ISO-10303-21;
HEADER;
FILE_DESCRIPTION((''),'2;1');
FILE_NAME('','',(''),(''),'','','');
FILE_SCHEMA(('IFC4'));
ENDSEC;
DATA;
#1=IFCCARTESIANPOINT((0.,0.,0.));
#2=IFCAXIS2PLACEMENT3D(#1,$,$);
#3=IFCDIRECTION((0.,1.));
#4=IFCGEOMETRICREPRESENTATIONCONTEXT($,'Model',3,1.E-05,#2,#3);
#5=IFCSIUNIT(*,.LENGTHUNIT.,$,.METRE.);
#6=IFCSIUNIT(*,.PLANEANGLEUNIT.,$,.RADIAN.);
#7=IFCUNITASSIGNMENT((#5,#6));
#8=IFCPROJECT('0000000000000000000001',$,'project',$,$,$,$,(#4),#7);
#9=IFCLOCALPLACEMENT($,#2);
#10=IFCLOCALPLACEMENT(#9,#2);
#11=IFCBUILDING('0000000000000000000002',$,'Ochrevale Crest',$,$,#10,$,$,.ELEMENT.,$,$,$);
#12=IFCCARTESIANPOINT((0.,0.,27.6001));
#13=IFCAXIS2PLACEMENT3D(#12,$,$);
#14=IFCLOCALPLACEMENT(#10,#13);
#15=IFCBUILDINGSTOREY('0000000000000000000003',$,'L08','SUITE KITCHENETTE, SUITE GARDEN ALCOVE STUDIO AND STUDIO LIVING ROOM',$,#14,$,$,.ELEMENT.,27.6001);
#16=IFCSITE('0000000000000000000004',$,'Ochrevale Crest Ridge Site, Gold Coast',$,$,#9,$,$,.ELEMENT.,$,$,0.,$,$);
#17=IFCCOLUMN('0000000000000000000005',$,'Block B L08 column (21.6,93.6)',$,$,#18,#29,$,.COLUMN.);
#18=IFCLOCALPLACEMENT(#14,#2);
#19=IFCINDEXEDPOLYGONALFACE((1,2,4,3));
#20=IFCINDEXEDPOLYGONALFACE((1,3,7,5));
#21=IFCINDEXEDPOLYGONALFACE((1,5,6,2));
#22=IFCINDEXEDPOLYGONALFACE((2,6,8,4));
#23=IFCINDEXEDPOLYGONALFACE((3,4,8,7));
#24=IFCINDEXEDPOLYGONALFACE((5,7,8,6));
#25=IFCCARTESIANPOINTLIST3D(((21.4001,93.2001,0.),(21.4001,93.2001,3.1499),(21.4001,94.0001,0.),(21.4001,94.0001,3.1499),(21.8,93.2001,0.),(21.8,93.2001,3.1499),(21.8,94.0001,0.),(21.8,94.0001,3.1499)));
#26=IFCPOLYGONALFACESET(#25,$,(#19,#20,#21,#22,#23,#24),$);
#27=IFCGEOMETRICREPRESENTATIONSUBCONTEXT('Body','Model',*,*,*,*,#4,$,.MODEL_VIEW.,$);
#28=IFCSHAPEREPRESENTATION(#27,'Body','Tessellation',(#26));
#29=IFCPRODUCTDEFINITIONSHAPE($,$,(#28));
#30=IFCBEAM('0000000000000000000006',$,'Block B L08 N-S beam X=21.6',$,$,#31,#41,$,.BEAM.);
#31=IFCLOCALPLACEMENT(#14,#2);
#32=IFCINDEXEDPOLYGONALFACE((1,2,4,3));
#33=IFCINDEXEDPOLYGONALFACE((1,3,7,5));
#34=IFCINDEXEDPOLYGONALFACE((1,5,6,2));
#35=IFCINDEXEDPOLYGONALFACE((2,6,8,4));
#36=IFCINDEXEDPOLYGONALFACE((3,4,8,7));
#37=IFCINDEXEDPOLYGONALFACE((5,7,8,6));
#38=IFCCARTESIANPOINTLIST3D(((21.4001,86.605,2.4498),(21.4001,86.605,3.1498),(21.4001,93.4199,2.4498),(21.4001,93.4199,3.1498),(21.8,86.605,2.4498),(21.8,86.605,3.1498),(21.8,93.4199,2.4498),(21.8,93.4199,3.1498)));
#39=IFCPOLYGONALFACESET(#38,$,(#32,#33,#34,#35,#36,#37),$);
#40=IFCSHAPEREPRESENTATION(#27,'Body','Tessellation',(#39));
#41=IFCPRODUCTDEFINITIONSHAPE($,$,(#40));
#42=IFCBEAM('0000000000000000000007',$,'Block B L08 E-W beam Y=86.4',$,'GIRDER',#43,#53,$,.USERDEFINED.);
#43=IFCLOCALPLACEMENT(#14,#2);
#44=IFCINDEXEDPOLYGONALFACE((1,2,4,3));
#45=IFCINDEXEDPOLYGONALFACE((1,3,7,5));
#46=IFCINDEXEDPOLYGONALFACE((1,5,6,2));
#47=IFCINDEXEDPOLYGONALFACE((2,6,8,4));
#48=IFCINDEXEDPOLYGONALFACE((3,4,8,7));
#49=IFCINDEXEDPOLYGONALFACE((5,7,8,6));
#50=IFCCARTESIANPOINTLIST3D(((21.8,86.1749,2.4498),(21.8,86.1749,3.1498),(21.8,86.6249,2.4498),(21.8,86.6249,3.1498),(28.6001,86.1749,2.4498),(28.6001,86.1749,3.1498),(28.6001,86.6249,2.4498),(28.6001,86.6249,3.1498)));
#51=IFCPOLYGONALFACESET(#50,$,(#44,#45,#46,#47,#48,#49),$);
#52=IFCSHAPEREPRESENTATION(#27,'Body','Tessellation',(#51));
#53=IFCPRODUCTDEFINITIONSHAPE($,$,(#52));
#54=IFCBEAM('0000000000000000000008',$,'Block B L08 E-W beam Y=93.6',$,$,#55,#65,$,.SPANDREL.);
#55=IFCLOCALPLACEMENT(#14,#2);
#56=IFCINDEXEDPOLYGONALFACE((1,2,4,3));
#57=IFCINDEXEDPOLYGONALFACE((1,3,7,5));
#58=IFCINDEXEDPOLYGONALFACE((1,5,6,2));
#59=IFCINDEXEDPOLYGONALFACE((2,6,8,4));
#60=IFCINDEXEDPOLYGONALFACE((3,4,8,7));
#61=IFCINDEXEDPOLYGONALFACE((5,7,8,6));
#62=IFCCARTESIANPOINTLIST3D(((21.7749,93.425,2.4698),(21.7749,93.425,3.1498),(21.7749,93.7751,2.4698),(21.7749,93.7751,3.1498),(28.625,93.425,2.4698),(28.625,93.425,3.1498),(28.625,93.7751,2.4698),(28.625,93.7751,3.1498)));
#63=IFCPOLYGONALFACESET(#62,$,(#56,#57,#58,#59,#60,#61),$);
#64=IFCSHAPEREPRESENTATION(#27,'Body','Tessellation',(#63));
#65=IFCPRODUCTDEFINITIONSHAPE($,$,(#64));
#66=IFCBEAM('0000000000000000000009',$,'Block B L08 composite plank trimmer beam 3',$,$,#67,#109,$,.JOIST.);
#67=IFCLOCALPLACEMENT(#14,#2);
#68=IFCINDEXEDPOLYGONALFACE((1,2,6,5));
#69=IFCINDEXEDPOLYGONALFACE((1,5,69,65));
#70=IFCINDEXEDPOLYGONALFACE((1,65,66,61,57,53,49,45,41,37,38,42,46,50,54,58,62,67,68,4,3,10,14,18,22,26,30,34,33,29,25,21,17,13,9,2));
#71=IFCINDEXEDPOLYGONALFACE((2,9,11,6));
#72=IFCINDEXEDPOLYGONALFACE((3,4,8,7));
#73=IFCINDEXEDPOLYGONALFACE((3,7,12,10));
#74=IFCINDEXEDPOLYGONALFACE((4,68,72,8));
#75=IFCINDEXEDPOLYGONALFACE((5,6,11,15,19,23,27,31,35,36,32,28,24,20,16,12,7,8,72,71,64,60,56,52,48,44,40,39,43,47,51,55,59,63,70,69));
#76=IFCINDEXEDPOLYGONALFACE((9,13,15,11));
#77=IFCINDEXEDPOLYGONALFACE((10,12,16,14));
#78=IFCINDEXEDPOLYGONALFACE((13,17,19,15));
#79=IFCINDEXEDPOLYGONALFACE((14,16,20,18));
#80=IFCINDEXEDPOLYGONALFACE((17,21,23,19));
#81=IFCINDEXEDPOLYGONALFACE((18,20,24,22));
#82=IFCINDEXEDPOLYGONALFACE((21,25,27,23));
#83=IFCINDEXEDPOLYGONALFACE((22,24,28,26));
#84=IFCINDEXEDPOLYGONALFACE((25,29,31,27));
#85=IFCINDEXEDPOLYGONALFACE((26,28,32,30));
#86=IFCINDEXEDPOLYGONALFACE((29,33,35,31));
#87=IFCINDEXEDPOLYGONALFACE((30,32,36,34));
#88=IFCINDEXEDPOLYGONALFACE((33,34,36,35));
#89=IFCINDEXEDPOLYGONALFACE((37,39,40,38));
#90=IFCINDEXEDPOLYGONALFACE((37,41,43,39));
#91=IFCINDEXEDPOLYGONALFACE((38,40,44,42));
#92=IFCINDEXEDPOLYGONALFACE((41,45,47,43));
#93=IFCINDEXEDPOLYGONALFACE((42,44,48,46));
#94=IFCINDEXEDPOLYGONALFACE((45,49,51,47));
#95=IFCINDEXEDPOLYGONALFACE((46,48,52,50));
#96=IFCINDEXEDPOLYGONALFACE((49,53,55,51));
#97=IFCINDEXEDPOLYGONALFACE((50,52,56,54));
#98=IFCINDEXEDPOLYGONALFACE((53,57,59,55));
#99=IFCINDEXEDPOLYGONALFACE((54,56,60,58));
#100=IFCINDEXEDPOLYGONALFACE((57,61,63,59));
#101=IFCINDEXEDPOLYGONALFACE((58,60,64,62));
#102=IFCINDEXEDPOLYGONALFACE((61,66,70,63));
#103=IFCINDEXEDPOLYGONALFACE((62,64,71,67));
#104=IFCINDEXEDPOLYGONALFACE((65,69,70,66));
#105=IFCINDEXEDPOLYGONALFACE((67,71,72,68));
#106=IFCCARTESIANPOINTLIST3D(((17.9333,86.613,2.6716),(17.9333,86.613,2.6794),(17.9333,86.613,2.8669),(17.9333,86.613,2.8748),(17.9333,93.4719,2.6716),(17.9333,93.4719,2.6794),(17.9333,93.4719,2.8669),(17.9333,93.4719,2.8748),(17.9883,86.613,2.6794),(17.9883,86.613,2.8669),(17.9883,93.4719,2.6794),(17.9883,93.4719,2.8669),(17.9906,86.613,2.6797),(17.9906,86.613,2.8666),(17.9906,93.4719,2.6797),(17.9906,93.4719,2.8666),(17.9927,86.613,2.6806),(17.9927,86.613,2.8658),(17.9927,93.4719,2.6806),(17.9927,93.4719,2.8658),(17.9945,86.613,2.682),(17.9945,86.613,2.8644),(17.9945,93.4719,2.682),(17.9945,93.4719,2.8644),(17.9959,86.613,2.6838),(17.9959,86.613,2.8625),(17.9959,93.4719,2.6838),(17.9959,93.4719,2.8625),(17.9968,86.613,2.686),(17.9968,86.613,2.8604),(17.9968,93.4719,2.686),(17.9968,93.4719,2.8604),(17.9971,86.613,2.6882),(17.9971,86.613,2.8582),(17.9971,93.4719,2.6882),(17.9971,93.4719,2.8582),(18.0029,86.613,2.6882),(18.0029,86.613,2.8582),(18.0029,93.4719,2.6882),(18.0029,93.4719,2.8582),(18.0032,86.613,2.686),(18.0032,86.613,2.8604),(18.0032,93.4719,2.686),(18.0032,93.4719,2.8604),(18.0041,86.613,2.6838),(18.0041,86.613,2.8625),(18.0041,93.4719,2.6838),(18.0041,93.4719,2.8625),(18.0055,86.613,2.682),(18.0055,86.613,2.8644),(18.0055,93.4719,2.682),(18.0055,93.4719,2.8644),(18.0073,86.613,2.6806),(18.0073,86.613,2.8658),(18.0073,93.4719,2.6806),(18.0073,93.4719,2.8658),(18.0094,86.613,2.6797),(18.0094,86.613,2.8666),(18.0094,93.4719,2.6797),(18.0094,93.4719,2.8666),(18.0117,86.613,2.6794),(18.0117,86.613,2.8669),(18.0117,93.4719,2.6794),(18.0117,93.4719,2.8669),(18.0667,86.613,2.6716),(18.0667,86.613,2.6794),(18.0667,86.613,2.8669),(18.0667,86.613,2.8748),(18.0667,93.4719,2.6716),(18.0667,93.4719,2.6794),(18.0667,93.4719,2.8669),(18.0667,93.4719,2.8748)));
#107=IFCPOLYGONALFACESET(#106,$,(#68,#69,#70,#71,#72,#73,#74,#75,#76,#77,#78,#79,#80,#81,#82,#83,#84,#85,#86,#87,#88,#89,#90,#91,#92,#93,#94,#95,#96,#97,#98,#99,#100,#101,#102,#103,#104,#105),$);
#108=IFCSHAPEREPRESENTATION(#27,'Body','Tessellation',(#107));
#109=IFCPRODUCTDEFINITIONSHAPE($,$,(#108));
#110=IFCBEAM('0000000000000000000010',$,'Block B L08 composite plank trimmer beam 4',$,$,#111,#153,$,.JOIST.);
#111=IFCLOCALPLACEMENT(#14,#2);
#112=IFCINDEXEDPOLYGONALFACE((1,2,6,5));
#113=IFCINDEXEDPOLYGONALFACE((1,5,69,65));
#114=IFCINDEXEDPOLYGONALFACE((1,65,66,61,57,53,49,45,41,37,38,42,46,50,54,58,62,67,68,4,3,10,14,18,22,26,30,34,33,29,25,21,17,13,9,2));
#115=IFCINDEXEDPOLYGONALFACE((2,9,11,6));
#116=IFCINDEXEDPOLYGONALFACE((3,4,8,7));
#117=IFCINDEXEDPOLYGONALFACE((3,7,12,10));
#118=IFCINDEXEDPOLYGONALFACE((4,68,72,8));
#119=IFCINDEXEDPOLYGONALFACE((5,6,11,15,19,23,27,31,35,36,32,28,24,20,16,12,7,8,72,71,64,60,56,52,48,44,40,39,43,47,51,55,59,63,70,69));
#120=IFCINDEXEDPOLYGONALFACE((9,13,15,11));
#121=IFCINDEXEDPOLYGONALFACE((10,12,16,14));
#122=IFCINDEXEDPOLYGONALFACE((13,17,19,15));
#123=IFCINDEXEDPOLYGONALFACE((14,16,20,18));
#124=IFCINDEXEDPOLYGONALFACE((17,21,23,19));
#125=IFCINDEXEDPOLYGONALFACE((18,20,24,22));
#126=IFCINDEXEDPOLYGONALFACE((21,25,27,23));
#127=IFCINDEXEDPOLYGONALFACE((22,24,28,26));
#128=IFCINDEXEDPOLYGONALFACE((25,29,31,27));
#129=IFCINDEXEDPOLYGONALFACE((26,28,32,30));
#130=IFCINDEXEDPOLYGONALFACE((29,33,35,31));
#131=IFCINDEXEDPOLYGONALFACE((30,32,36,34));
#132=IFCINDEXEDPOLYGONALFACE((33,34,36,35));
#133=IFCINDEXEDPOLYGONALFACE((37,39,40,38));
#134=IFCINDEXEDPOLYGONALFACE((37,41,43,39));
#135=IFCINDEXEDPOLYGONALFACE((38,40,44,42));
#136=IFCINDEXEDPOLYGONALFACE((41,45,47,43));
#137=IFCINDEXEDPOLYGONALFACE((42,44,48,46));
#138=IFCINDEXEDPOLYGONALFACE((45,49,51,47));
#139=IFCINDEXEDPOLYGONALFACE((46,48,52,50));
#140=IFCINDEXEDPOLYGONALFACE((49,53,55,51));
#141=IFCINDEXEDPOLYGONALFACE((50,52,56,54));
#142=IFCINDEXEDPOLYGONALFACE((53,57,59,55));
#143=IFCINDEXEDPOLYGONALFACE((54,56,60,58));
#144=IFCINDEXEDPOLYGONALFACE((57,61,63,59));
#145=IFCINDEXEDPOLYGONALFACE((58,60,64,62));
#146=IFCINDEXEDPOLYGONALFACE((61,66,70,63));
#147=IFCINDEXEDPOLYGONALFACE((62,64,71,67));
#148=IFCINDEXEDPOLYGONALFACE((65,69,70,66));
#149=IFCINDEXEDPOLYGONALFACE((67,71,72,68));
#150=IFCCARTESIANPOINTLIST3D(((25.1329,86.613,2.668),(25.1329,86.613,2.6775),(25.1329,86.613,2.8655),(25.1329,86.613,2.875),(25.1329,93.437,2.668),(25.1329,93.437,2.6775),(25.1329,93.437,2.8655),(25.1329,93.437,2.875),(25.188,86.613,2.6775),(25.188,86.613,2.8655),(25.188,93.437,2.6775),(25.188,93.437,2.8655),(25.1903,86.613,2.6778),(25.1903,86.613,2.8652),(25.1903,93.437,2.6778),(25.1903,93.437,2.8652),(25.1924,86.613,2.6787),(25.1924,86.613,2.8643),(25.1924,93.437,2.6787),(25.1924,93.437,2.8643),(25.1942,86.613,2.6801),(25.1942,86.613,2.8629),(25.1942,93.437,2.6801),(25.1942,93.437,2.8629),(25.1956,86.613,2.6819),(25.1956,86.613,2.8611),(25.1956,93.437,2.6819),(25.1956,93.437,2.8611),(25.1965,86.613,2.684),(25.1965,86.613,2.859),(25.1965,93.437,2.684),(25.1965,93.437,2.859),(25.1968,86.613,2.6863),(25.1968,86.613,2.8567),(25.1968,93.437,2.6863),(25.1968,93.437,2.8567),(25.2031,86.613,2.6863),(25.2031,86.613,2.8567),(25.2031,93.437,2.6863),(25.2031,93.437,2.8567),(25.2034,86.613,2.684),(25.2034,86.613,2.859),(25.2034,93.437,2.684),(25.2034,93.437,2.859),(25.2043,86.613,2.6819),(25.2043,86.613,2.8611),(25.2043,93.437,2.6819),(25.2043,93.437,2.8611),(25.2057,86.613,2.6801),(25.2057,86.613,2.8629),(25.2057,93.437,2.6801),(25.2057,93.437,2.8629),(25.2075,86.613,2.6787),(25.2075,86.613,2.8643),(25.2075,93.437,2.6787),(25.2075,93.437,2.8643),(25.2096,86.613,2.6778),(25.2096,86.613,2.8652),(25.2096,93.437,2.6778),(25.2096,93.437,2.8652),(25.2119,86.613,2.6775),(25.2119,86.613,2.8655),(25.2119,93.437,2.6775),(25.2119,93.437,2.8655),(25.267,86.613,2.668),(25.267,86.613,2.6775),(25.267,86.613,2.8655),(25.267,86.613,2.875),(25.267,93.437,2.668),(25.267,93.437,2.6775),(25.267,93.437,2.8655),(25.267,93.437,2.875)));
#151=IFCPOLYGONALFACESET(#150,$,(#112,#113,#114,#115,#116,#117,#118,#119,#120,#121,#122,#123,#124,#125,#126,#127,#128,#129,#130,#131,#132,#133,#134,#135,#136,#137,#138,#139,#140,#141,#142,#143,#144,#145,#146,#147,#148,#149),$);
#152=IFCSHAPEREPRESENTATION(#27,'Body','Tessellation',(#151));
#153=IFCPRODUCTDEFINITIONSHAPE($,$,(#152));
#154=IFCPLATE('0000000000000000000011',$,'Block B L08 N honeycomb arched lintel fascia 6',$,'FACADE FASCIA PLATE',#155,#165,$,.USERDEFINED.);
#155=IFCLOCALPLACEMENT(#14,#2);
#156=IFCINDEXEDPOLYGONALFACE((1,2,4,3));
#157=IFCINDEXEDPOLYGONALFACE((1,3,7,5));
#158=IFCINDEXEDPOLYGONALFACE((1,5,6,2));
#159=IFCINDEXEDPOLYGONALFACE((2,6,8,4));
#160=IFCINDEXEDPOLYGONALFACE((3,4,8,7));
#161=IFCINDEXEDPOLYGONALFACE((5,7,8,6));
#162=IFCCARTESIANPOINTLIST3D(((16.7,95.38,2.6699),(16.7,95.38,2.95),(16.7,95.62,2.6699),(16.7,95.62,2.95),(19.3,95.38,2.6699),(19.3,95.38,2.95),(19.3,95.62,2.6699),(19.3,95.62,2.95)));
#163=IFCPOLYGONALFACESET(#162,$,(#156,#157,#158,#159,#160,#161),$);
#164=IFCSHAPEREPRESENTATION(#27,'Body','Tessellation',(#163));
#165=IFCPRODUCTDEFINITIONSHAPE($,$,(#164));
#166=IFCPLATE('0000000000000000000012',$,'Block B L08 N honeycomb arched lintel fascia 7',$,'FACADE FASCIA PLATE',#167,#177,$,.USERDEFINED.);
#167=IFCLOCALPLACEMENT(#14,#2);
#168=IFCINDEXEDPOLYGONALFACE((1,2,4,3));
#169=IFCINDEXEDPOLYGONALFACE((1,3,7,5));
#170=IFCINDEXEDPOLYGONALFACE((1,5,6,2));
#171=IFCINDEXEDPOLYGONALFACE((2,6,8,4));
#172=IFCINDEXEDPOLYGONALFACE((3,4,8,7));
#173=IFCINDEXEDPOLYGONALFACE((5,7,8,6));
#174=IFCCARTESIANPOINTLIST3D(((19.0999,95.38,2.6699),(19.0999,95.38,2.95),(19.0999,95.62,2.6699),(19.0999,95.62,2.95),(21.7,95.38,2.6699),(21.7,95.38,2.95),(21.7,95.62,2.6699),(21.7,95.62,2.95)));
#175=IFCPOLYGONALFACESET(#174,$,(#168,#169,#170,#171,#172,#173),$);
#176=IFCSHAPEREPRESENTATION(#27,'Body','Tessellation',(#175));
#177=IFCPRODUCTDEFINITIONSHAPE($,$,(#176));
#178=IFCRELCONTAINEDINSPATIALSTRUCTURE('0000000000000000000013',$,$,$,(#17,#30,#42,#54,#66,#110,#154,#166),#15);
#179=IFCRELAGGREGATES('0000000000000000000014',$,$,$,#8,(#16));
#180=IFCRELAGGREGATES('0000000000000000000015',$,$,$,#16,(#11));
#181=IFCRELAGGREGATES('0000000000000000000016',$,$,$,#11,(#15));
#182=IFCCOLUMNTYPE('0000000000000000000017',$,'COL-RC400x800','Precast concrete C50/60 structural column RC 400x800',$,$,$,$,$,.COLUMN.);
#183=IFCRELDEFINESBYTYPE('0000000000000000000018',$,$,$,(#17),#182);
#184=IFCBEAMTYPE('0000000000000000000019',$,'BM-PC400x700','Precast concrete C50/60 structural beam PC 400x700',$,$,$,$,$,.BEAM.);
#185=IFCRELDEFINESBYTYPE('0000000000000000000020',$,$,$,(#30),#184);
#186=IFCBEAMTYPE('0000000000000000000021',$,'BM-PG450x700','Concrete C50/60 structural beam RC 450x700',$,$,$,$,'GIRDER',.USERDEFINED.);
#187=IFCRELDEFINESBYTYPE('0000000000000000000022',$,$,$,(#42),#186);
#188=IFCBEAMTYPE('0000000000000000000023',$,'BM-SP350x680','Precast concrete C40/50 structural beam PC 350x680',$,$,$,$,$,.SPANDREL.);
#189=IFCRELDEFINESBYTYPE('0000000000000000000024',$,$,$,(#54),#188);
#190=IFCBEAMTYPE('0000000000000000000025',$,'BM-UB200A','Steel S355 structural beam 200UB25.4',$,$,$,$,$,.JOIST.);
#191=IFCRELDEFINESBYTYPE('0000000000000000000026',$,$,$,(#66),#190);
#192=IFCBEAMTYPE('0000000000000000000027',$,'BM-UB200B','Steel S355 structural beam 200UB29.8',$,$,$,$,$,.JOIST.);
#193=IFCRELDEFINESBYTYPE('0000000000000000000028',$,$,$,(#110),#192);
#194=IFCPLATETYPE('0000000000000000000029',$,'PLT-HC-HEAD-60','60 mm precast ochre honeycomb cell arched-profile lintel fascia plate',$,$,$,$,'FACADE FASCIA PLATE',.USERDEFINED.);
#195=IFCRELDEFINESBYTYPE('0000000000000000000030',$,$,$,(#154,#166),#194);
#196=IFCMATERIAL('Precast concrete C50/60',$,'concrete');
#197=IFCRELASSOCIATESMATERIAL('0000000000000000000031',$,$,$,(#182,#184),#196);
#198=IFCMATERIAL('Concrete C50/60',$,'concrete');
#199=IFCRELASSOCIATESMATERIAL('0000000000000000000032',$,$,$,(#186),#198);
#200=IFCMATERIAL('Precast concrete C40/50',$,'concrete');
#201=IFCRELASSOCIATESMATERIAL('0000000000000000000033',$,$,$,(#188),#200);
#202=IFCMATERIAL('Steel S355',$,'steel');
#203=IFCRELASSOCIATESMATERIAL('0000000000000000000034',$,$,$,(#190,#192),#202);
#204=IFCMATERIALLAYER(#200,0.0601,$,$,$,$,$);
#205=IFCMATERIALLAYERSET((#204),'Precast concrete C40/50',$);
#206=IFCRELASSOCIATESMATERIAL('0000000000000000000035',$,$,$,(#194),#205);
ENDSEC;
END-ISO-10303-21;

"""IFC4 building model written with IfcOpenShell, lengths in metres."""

from ifc_helpers import new_model, si_unit, direction, frame, origin, origin_2d, place, context, subcontext, project, spatial, rectangle, i_section, extrude, material, layer, layer_set, material_profile, profile_set, type_object, element, save


model = new_model("IFC4")

# Units and contexts
model_context = context("Model", 3, precision=1e-05, world=origin(), true_north=direction((0.0, 1.0)))
body_context = subcontext(model_context, "Body", "Model", "MODEL_VIEW")
ifc_project = project(units=[si_unit("LENGTHUNIT", "METRE"), si_unit("PLANEANGLEUNIT", "RADIAN")], contexts=[model_context])

# Site, building, storey
site_placement = place(None, origin())
site = spatial("IfcSite", under=ifc_project, at=site_placement, Name="Ochrevale Crest Ridge Site, Gold Coast", CompositionType="ELEMENT", RefElevation=0.0)
building_placement = place(site_placement, origin())
building = spatial("IfcBuilding", under=site, at=building_placement, Name="Ochrevale Crest", CompositionType="ELEMENT")
storey_placement = place(building_placement, frame((0.0, 0.0, 27.6001)))
storey = spatial("IfcBuildingStorey", under=building, at=storey_placement, Name="L08", Description="SUITE KITCHENETTE, SUITE GARDEN ALCOVE STUDIO AND STUDIO LIVING ROOM", CompositionType="ELEMENT", Elevation=27.6001)

# Column
ifc_material_1 = material(Name="Precast concrete C50/60", Category="concrete")
ifc_material_profile_1 = material_profile(ifc_material_1, rectangle(XDim=0.3999, YDim=0.8, at=origin_2d()), Name="RC 400x800")
ifc_profile_set_1 = profile_set([ifc_material_profile_1], Name="Precast concrete C50/60")
column_type = type_object("IfcColumnType", Name="COL-RC400x800", Description="Precast concrete C50/60 structural column RC 400x800", PredefinedType="COLUMN", material=ifc_profile_set_1)
column_placement = place(storey_placement, frame((21.6001, 93.6001, 0.0), z_axis=(0.0, 0.0, 1.0), x_axis=(1.0, 0.0, 0.0)))
element("IfcColumn", 1, at=column_placement, inside=storey, type_object=column_type, Name="Block B L08 column (21.6,93.6)", PredefinedType="COLUMN", context=body_context, shape_type="SweptSolid", body=[
    extrude(rectangle(XDim=0.3999, YDim=0.8, at=origin_2d()), origin(), (0.0, 0.0, 1.0), 3.1499),
])

# Beams
ifc_material_profile_2 = material_profile(ifc_material_1, rectangle(XDim=0.3999, YDim=0.7, at=origin_2d()), Name="PC 400x700")
ifc_profile_set_2 = profile_set([ifc_material_profile_2], Name="Precast concrete C50/60")
beam_type_1 = type_object("IfcBeamType", Name="BM-PC400x700", Description="Precast concrete C50/60 structural beam PC 400x700", PredefinedType="BEAM", material=ifc_profile_set_2)
beam_1_placement = place(storey_placement, frame((21.6001, 86.605, 2.7998), z_axis=(0.0, 1.0, 0.0), x_axis=(-1.0, 0.0, 0.0)))
element("IfcBeam", 2, at=beam_1_placement, inside=storey, type_object=beam_type_1, Name="Block B L08 N-S beam X=21.6", PredefinedType="BEAM", context=body_context, shape_type="SweptSolid", body=[
    extrude(rectangle(XDim=0.3999, YDim=0.7, at=origin_2d()), origin(), (0.0, 0.0, 1.0), 6.8149),
])
ifc_material_2 = material(Name="Concrete C50/60", Category="concrete")
ifc_material_profile_3 = material_profile(ifc_material_2, rectangle(XDim=0.45, YDim=0.7, at=origin_2d()), Name="RC 450x700")
ifc_profile_set_3 = profile_set([ifc_material_profile_3], Name="Concrete C50/60")
beam_type_2 = type_object("IfcBeamType", Name="BM-PG450x700", Description="Concrete C50/60 structural beam RC 450x700", ElementType="GIRDER", PredefinedType="USERDEFINED", material=ifc_profile_set_3)
beam_2_placement = place(storey_placement, frame((21.8, 86.3999, 2.7998), z_axis=(1.0, 0.0, 0.0), x_axis=(0.0, 1.0, 0.0)))
element("IfcBeam", 3, at=beam_2_placement, inside=storey, type_object=beam_type_2, Name="Block B L08 E-W beam Y=86.4", ObjectType="GIRDER", PredefinedType="USERDEFINED", context=body_context, shape_type="SweptSolid", body=[
    extrude(rectangle(XDim=0.45, YDim=0.7, at=origin_2d()), origin(), (0.0, 0.0, 1.0), 6.8),
])
ifc_material_3 = material(Name="Precast concrete C40/50", Category="concrete")
ifc_material_profile_4 = material_profile(ifc_material_3, rectangle(XDim=0.3501, YDim=0.6799, at=origin_2d()), Name="PC 350x680")
ifc_profile_set_4 = profile_set([ifc_material_profile_4], Name="Precast concrete C40/50")
beam_type_3 = type_object("IfcBeamType", Name="BM-SP350x680", Description="Precast concrete C40/50 structural beam PC 350x680", PredefinedType="SPANDREL", material=ifc_profile_set_4)
beam_3_placement = place(storey_placement, frame((21.7749, 93.6001, 2.8098), z_axis=(1.0, 0.0, 0.0), x_axis=(0.0, 1.0, 0.0)))
element("IfcBeam", 4, at=beam_3_placement, inside=storey, type_object=beam_type_3, Name="Block B L08 E-W beam Y=93.6", PredefinedType="SPANDREL", context=body_context, shape_type="SweptSolid", body=[
    extrude(rectangle(XDim=0.3501, YDim=0.6799, at=origin_2d()), origin(), (0.0, 0.0, 1.0), 6.8501),
])
ifc_material_4 = material(Name="Steel S355", Category="steel")
ifc_material_profile_5 = material_profile(ifc_material_4, i_section(OverallWidth=0.1333, OverallDepth=0.2031, WebThickness=0.0059, FlangeThickness=0.0078, FilletRadius=0.0088, at=origin_2d()), Name="200UB25.4")
ifc_profile_set_5 = profile_set([ifc_material_profile_5], Name="Steel S355")
beam_type_4 = type_object("IfcBeamType", Name="BM-UB200A", Description="Steel S355 structural beam 200UB25.4", PredefinedType="JOIST", material=ifc_profile_set_5)
beam_4_placement = place(storey_placement, frame((18.0, 86.613, 2.7732), z_axis=(0.0, 1.0, 0.0), x_axis=(-1.0, 0.0, 0.0)))
element("IfcBeam", 5, at=beam_4_placement, inside=storey, type_object=beam_type_4, Name="Block B L08 composite plank trimmer beam 3", PredefinedType="JOIST", context=body_context, shape_type="SweptSolid", body=[
    extrude(i_section(OverallWidth=0.1333, OverallDepth=0.2031, WebThickness=0.0059, FlangeThickness=0.0078, FilletRadius=0.0088, at=origin_2d()), origin(), (0.0, 0.0, 1.0), 6.8589),
])
ifc_material_profile_6 = material_profile(ifc_material_4, i_section(OverallWidth=0.134, OverallDepth=0.207, WebThickness=0.0063, FlangeThickness=0.0095, FilletRadius=0.0088, at=origin_2d()), Name="200UB29.8")
ifc_profile_set_6 = profile_set([ifc_material_profile_6], Name="Steel S355")
beam_type_5 = type_object("IfcBeamType", Name="BM-UB200B", Description="Steel S355 structural beam 200UB29.8", PredefinedType="JOIST", material=ifc_profile_set_6)
beam_5_placement = place(storey_placement, frame((25.2, 86.613, 2.7715), z_axis=(0.0, 1.0, 0.0), x_axis=(-1.0, 0.0, 0.0)))
element("IfcBeam", 6, at=beam_5_placement, inside=storey, type_object=beam_type_5, Name="Block B L08 composite plank trimmer beam 4", PredefinedType="JOIST", context=body_context, shape_type="SweptSolid", body=[
    extrude(i_section(OverallWidth=0.134, OverallDepth=0.207, WebThickness=0.0063, FlangeThickness=0.0095, FilletRadius=0.0088, at=origin_2d()), origin(), (0.0, 0.0, 1.0), 6.824),
])

# Plates
ifc_layer_1 = layer(ifc_material_3, 0.0601)
ifc_layer_set_1 = layer_set([ifc_layer_1], Name="Precast concrete C40/50")
plate_type_1 = type_object("IfcPlateType", Name="PLT-HC-HEAD-60", Description="60 mm precast ochre honeycomb cell arched-profile lintel fascia plate", ElementType="FACADE FASCIA PLATE", PredefinedType="USERDEFINED", material=ifc_layer_set_1)
for number, where, z_axis, x_axis, name in (
    (7, (18.0, 95.5, 2.6699), (0.0, 0.0, 1.0), (1.0, 0.0, 0.0), "Block B L08 N honeycomb arched lintel fascia 6"),
    (8, (20.3999, 95.5, 2.6699), (0.0, 0.0, 1.0), (1.0, 0.0, 0.0), "Block B L08 N honeycomb arched lintel fascia 7"),
):
    element("IfcPlate", number, at=place(storey_placement, frame(where, z_axis=z_axis, x_axis=x_axis)), inside=storey, type_object=plate_type_1, Name=name, ObjectType="FACADE FASCIA PLATE", PredefinedType="USERDEFINED", context=body_context, shape_type="SweptSolid", body=[
        extrude(rectangle(XDim=2.6001, YDim=0.24, at=origin_2d()), origin(), (0.0, 0.0, 1.0), 0.28),
    ])

save(model, "model.ifc")
